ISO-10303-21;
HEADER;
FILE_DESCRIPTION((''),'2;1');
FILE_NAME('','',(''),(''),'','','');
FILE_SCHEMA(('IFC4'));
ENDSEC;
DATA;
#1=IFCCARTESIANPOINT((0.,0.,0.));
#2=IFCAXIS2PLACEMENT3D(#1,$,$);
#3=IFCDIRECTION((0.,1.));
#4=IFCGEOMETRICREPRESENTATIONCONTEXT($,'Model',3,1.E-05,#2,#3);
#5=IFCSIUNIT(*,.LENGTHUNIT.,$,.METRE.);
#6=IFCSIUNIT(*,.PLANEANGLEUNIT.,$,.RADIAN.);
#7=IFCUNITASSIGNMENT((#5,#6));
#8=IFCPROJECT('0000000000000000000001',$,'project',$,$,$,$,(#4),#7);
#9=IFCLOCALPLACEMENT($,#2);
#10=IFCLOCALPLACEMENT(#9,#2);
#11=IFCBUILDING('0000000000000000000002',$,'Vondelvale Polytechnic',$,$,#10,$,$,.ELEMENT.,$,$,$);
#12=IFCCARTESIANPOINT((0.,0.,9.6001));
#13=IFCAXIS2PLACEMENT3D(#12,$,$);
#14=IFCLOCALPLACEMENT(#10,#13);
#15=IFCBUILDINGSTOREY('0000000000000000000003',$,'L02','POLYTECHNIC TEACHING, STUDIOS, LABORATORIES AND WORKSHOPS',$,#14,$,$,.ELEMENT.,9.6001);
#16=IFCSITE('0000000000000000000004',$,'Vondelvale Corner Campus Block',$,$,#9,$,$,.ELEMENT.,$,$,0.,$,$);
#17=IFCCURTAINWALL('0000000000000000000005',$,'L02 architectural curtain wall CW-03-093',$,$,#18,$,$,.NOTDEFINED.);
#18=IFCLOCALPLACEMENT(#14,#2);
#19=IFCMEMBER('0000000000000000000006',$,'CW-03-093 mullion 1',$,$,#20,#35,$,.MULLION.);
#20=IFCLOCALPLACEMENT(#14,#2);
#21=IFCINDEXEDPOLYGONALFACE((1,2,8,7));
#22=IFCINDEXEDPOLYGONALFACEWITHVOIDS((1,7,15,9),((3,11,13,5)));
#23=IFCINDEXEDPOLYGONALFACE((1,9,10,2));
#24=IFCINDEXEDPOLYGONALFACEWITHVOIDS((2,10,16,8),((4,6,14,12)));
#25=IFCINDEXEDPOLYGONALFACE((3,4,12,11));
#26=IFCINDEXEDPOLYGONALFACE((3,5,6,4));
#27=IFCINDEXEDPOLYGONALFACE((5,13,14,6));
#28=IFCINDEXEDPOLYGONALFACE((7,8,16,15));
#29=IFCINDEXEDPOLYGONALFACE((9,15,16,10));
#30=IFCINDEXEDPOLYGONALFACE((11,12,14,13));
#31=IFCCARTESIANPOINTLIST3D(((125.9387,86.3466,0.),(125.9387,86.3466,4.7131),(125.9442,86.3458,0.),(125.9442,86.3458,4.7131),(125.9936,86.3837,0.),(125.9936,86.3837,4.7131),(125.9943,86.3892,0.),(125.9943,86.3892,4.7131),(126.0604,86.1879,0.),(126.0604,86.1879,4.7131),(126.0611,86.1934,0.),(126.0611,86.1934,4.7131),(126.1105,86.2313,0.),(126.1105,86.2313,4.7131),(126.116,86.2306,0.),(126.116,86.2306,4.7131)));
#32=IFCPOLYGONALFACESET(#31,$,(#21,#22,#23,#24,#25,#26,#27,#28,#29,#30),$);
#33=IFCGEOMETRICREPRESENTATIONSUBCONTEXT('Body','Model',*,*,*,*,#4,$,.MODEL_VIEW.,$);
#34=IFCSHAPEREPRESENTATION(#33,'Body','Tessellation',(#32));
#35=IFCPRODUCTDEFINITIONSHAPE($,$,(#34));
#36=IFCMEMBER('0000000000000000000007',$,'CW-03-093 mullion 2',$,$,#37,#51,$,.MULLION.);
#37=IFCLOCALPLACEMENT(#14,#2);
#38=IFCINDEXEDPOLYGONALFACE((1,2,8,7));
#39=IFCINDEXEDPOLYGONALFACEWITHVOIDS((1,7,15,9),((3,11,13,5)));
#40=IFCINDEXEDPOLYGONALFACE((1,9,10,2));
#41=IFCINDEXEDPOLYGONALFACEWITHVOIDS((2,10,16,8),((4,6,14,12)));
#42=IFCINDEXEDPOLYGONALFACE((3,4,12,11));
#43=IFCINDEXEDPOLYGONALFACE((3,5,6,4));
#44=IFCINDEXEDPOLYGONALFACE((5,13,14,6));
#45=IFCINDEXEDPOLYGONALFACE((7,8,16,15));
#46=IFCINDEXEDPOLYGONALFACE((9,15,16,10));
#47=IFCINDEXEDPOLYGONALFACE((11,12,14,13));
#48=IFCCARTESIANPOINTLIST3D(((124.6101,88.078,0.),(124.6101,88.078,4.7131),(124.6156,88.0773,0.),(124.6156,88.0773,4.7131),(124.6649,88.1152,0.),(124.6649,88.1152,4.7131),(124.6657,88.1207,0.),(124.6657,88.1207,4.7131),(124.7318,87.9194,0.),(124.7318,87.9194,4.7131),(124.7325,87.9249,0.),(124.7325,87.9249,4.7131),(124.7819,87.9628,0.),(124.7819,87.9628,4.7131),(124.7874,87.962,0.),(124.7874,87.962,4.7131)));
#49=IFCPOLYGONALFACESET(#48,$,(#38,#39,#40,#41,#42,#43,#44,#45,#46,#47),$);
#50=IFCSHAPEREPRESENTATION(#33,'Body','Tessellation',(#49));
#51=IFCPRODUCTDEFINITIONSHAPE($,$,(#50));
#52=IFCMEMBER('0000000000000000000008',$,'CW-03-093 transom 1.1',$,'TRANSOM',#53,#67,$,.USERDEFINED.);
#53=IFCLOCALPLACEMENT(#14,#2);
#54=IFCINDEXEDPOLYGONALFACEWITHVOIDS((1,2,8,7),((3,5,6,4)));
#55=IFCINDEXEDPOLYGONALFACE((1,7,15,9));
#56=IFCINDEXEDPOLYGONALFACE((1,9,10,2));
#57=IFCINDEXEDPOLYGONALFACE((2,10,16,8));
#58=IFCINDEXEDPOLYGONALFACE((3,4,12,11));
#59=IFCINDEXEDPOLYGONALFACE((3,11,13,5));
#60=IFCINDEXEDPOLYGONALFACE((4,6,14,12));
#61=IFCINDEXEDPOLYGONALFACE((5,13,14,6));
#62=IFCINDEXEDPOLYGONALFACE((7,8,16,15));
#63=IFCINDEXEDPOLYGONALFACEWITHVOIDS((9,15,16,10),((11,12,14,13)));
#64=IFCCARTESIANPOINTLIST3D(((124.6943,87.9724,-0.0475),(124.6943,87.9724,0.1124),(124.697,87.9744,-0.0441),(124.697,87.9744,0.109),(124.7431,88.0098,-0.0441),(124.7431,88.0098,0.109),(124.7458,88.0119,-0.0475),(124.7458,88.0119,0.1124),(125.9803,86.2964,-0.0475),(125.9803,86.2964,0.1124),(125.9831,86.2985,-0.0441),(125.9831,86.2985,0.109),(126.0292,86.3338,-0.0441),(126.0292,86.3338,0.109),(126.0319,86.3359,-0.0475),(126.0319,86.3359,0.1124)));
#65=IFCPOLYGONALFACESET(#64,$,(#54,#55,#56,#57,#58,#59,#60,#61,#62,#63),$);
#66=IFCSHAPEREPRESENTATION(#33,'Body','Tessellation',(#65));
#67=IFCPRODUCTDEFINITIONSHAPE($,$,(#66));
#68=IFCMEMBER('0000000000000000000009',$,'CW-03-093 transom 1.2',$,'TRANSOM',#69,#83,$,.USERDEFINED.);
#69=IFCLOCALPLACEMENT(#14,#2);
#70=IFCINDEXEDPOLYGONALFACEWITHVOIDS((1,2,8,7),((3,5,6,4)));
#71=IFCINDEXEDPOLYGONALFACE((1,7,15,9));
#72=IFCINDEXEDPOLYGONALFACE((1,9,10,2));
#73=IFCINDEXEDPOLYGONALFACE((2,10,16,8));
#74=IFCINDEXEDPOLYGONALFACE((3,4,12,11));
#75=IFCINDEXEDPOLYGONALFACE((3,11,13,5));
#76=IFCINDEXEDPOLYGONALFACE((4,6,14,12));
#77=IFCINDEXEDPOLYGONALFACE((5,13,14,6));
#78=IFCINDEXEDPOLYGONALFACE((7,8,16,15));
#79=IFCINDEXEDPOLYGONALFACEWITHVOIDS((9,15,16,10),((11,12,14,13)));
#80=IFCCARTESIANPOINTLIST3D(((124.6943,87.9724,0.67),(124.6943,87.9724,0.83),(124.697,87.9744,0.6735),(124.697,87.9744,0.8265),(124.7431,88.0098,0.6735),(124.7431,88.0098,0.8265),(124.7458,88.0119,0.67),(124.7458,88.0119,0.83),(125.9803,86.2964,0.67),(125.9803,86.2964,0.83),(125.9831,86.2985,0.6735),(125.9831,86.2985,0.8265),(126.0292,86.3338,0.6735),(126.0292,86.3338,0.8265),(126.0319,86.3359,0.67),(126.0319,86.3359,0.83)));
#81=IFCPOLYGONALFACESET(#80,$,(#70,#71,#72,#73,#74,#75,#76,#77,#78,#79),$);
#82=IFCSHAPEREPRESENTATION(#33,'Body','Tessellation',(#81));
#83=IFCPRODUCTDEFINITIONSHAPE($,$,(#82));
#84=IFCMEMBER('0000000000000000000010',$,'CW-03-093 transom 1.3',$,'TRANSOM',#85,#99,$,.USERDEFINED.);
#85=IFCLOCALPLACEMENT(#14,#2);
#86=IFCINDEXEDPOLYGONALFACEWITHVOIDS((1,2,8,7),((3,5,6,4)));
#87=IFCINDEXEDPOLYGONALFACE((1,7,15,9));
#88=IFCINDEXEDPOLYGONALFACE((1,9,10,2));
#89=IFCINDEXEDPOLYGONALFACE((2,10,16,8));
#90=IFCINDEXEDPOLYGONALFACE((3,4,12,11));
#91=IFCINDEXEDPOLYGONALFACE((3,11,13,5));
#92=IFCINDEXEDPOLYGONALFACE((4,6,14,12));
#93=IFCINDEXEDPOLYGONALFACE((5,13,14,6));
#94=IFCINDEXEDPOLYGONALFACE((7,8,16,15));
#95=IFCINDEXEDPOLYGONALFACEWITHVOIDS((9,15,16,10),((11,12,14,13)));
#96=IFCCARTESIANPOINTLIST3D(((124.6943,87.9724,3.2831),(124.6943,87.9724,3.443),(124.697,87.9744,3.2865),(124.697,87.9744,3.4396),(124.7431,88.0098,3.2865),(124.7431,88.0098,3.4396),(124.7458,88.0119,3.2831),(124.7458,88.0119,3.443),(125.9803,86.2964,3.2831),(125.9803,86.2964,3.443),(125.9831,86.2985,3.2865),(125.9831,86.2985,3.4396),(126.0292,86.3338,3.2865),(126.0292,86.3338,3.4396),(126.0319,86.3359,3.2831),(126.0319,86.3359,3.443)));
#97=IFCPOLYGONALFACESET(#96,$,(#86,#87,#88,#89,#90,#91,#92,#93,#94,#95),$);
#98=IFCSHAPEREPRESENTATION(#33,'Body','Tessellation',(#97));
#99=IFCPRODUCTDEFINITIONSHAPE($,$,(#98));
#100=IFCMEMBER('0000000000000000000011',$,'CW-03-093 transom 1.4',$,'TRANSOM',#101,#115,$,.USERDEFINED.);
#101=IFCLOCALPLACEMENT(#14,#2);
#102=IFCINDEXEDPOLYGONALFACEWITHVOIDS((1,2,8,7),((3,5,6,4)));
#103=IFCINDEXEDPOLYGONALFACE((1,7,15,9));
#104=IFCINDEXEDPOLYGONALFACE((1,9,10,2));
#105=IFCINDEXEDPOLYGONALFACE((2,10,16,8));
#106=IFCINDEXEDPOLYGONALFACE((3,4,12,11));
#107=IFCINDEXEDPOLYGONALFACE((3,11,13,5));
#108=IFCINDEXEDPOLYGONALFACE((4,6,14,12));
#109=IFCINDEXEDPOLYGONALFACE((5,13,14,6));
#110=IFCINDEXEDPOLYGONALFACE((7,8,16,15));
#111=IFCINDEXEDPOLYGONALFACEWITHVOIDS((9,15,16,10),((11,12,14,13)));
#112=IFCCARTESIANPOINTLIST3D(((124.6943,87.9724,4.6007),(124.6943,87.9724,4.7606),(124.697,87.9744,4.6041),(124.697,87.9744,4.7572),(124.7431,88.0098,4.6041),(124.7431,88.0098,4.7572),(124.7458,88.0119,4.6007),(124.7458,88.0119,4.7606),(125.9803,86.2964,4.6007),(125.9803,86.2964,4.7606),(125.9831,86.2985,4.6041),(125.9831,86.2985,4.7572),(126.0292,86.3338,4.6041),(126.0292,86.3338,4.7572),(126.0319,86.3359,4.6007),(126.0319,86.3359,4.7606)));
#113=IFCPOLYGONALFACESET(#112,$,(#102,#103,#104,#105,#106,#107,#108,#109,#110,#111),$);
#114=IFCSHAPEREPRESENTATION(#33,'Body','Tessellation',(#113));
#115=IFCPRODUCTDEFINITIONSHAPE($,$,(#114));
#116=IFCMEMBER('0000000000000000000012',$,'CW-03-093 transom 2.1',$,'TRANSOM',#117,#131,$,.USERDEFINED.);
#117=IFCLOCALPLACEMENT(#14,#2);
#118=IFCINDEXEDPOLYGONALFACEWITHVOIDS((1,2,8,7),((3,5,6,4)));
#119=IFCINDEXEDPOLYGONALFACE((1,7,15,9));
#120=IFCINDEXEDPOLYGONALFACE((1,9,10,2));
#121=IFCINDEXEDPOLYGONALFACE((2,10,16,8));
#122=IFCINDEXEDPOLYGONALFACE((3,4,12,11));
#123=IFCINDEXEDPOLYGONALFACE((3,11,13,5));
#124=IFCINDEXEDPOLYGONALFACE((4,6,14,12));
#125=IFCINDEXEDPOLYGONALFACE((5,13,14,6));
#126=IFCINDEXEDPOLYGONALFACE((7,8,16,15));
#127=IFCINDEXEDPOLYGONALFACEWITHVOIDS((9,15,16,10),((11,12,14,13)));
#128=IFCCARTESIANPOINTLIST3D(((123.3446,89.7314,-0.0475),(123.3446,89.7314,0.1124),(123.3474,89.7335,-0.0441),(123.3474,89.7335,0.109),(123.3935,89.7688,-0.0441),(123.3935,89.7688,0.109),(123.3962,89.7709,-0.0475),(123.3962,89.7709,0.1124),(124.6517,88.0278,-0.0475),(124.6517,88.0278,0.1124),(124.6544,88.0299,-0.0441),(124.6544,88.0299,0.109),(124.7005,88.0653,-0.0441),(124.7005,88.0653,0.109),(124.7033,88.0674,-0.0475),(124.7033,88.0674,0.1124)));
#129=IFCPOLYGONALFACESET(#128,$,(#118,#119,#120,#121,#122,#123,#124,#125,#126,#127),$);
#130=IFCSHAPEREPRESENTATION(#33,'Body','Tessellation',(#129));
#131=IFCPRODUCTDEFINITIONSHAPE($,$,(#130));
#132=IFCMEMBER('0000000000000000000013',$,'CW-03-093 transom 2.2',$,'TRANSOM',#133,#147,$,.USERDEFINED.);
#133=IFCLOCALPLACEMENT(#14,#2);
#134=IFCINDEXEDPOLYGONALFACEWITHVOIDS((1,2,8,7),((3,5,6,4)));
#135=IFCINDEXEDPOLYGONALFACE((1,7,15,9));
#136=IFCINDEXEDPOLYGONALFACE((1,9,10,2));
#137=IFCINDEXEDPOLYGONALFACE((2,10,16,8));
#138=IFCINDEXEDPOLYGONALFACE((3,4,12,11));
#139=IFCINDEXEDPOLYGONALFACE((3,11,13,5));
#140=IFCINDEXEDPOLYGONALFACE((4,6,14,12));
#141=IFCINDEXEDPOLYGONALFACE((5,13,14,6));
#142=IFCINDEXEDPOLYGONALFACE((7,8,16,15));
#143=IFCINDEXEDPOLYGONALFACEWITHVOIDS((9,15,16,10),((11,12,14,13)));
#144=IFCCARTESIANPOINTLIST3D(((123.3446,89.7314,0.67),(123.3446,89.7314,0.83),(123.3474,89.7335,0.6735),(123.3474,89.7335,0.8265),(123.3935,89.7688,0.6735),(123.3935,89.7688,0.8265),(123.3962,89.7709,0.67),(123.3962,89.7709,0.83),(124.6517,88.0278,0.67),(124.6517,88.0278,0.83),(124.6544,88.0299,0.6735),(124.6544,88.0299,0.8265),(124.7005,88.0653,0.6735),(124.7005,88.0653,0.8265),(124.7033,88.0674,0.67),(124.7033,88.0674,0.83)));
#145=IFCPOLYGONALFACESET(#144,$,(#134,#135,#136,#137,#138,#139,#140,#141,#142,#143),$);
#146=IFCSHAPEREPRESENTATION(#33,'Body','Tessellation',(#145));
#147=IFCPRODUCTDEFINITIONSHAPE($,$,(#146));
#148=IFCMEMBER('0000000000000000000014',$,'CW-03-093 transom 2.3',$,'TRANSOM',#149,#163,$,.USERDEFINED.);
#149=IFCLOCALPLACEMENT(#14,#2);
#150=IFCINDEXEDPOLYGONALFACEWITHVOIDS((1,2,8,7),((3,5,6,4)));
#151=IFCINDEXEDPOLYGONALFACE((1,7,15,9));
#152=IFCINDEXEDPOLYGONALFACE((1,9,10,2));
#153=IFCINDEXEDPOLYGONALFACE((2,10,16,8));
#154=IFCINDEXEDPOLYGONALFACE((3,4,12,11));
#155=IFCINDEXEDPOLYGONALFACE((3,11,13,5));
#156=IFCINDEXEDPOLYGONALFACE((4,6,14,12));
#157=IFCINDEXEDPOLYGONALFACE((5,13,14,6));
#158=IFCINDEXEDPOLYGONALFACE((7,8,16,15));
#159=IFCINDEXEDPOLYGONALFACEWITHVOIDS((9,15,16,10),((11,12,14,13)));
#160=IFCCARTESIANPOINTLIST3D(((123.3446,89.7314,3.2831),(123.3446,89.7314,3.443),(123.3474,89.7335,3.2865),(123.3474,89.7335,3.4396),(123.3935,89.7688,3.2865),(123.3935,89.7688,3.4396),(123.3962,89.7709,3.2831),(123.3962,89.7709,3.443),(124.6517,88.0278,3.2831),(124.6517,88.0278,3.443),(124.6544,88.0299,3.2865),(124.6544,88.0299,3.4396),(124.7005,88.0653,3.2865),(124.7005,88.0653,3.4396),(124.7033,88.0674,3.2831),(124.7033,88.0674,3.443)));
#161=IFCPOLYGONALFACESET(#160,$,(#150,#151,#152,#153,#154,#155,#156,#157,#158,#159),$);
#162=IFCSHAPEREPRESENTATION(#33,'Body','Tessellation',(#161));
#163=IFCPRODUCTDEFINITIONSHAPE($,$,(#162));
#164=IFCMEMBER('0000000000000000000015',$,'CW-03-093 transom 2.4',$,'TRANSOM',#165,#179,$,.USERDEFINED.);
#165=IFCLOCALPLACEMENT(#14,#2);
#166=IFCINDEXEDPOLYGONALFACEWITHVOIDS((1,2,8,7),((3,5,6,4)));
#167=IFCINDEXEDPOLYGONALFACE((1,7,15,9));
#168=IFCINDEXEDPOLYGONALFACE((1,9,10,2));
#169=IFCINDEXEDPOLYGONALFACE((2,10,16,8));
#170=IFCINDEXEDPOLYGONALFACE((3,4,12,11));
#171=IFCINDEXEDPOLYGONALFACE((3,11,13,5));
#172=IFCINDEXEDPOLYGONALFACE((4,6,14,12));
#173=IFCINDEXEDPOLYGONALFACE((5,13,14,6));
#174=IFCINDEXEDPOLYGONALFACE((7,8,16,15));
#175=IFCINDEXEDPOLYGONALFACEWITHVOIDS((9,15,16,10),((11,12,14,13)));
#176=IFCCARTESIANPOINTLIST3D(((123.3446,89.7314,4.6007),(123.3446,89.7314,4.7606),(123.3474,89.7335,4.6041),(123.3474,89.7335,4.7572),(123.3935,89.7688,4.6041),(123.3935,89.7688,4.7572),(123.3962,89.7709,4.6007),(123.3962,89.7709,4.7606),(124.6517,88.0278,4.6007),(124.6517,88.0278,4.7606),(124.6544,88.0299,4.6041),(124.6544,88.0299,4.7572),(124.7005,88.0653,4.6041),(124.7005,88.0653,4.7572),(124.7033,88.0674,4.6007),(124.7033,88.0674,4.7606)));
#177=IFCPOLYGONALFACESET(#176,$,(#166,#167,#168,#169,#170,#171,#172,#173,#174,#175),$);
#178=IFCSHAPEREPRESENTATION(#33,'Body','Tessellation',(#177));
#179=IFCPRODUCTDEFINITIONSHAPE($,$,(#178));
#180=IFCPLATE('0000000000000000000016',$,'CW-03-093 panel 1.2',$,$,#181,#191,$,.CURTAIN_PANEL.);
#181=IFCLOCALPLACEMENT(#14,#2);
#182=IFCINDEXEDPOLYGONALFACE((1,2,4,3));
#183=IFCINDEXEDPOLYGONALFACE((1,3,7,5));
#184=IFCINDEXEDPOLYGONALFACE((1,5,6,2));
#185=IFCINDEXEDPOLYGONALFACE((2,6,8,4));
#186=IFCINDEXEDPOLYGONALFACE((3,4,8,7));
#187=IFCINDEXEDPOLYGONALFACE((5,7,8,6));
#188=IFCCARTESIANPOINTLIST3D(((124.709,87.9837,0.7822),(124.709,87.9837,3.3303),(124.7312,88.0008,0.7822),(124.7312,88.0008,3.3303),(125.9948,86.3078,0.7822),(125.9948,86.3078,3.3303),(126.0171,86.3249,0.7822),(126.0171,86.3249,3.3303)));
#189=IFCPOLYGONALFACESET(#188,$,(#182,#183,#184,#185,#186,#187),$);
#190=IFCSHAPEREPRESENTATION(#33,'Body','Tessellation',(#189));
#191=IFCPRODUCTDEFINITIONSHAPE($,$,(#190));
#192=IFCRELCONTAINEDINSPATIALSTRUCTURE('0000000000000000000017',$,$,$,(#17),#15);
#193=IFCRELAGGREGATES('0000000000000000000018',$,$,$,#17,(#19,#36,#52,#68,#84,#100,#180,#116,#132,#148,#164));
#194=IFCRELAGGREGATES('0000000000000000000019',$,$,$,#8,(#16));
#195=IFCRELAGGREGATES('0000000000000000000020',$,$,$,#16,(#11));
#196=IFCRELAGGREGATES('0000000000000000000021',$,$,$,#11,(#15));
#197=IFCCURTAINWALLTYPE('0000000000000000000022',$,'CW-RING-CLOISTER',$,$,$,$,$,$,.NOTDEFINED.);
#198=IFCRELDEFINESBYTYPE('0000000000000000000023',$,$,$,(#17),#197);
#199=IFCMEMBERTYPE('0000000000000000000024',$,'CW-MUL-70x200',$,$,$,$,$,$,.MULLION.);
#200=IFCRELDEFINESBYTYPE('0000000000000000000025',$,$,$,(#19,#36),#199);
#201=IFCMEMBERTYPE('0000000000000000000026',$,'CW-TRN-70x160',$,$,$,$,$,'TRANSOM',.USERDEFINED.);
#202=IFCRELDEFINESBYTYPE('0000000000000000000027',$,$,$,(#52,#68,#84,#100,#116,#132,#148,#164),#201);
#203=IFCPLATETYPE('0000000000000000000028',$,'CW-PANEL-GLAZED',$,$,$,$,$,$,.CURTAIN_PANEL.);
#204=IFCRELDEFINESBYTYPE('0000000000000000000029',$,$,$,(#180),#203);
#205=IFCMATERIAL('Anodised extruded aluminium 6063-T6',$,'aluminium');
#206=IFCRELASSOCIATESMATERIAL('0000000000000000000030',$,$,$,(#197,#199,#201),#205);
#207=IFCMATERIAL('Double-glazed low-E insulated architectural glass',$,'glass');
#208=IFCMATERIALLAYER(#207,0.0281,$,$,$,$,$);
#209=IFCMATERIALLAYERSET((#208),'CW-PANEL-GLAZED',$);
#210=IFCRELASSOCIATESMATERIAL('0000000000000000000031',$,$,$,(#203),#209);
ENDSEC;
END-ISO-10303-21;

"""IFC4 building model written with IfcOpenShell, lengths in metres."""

from ifc_helpers import new_model, si_unit, direction, frame, origin, origin_2d, place, context, subcontext, project, spatial, rectangle, hollow_rectangle, extrude, material, layer, layer_set, material_profile, profile_set, type_object, element, aggregate, save


model = new_model("IFC4")

# Units and contexts
model_context = context("Model", 3, precision=1e-05, world=origin(), true_north=direction((0.0, 1.0)))
body_context = subcontext(model_context, "Body", "Model", "MODEL_VIEW")
ifc_project = project(units=[si_unit("LENGTHUNIT", "METRE"), si_unit("PLANEANGLEUNIT", "RADIAN")], contexts=[model_context])

# Site, building, storey
site_placement = place(None, origin())
site = spatial("IfcSite", under=ifc_project, at=site_placement, Name="Vondelvale Corner Campus Block", CompositionType="ELEMENT", RefElevation=0.0)
building_placement = place(site_placement, origin())
building = spatial("IfcBuilding", under=site, at=building_placement, Name="Vondelvale Polytechnic", CompositionType="ELEMENT")
storey_placement = place(building_placement, frame((0.0, 0.0, 9.6001)))
storey = spatial("IfcBuildingStorey", under=building, at=storey_placement, Name="L02", Description="POLYTECHNIC TEACHING, STUDIOS, LABORATORIES AND WORKSHOPS", CompositionType="ELEMENT", Elevation=9.6001)

# Curtain wall, members, plate
ifc_material_1 = material(Name="Anodised extruded aluminium 6063-T6", Category="aluminium")
curtain_wall_type = type_object("IfcCurtainWallType", Name="CW-RING-CLOISTER", PredefinedType="NOTDEFINED", material=ifc_material_1)
curtain_wall_placement = place(storey_placement, origin())
curtain_wall = element("IfcCurtainWall", 1, at=curtain_wall_placement, inside=storey, type_object=curtain_wall_type, Name="L02 architectural curtain wall CW-03-093", PredefinedType="NOTDEFINED")
ifc_material_profile_1 = material_profile(ifc_material_1, hollow_rectangle(XDim=0.0701, YDim=0.2, WallThickness=0.0039, at=origin_2d()), Name="CW-MUL-200x70")
ifc_profile_set_1 = profile_set([ifc_material_profile_1], Name="Anodised extruded aluminium 6063-T6")
member_type_1 = type_object("IfcMemberType", Name="CW-MUL-70x200", PredefinedType="MULLION", material=ifc_profile_set_1)
member_1_placement = place(storey_placement, frame((126.0273, 86.2886, 0.0), z_axis=(0.0, 0.0, 1.0), x_axis=(-0.793364, -0.608748, 0.0)))
member_1 = element("IfcMember", 2, at=member_1_placement, type_object=member_type_1, Name="CW-03-093 mullion 1", PredefinedType="MULLION", context=body_context, shape_type="SweptSolid", body=[
    extrude(hollow_rectangle(XDim=0.0701, YDim=0.2, WallThickness=0.0039, at=origin_2d()), origin(), (0.0, 0.0, 1.0), 4.7131),
])
member_2_placement = place(storey_placement, frame((124.6987, 88.02, 0.0), z_axis=(0.0, 0.0, 1.0), x_axis=(-0.793364, -0.608748, 0.0)))
member_2 = element("IfcMember", 3, at=member_2_placement, type_object=member_type_1, Name="CW-03-093 mullion 2", PredefinedType="MULLION", context=body_context, shape_type="SweptSolid", body=[
    extrude(hollow_rectangle(XDim=0.0701, YDim=0.2, WallThickness=0.0039, at=origin_2d()), origin(), (0.0, 0.0, 1.0), 4.7131),
])
ifc_material_profile_2 = material_profile(ifc_material_1, hollow_rectangle(XDim=0.0649, YDim=0.1599, WallThickness=0.0034, at=origin_2d()), Name="CW-TRN-160x65")
ifc_profile_set_2 = profile_set([ifc_material_profile_2], Name="Anodised extruded aluminium 6063-T6")
member_type_2 = type_object("IfcMemberType", Name="CW-TRN-70x160", ElementType="TRANSOM", PredefinedType="USERDEFINED", material=ifc_profile_set_2)
member_3_placement = place(storey_placement, frame((126.0061, 86.3162, 0.0325), z_axis=(-0.608783, 0.793337, 0.0), x_axis=(-0.793337, -0.608783, 0.0)))
member_3 = element("IfcMember", 4, at=member_3_placement, type_object=member_type_2, Name="CW-03-093 transom 1.1", ObjectType="TRANSOM", PredefinedType="USERDEFINED", context=body_context, shape_type="SweptSolid", body=[
    extrude(hollow_rectangle(XDim=0.0649, YDim=0.1599, WallThickness=0.0034, at=origin_2d()), origin(), (0.0, 0.0, 1.0), 2.1125),
])
member_4_placement = place(storey_placement, frame((126.0061, 86.3162, 0.75), z_axis=(-0.608783, 0.793337, 0.0), x_axis=(-0.793337, -0.608783, 0.0)))
member_4 = element("IfcMember", 5, at=member_4_placement, type_object=member_type_2, Name="CW-03-093 transom 1.2", ObjectType="TRANSOM", PredefinedType="USERDEFINED", context=body_context, shape_type="SweptSolid", body=[
    extrude(hollow_rectangle(XDim=0.0649, YDim=0.1599, WallThickness=0.0034, at=origin_2d()), origin(), (0.0, 0.0, 1.0), 2.1125),
])
member_5_placement = place(storey_placement, frame((126.0061, 86.3162, 3.363), z_axis=(-0.608783, 0.793337, 0.0), x_axis=(-0.793337, -0.608783, 0.0)))
member_5 = element("IfcMember", 6, at=member_5_placement, type_object=member_type_2, Name="CW-03-093 transom 1.3", ObjectType="TRANSOM", PredefinedType="USERDEFINED", context=body_context, shape_type="SweptSolid", body=[
    extrude(hollow_rectangle(XDim=0.0649, YDim=0.1599, WallThickness=0.0034, at=origin_2d()), origin(), (0.0, 0.0, 1.0), 2.1125),
])
member_6_placement = place(storey_placement, frame((126.0061, 86.3162, 4.6807), z_axis=(-0.608783, 0.793337, 0.0), x_axis=(-0.793337, -0.608783, 0.0)))
member_6 = element("IfcMember", 7, at=member_6_placement, type_object=member_type_2, Name="CW-03-093 transom 1.4", ObjectType="TRANSOM", PredefinedType="USERDEFINED", context=body_context, shape_type="SweptSolid", body=[
    extrude(hollow_rectangle(XDim=0.0649, YDim=0.1599, WallThickness=0.0034, at=origin_2d()), origin(), (0.0, 0.0, 1.0), 2.1125),
])
member_7_placement = place(storey_placement, frame((124.6775, 88.0476, 0.0325), z_axis=(-0.608732, 0.793376, 0.0), x_axis=(-0.793376, -0.608732, 0.0)))
member_7 = element("IfcMember", 8, at=member_7_placement, type_object=member_type_2, Name="CW-03-093 transom 2.1", ObjectType="TRANSOM", PredefinedType="USERDEFINED", context=body_context, shape_type="SweptSolid", body=[
    extrude(hollow_rectangle(XDim=0.0649, YDim=0.1599, WallThickness=0.0034, at=origin_2d()), origin(), (0.0, 0.0, 1.0), 2.1472),
])
member_8_placement = place(storey_placement, frame((124.6775, 88.0476, 0.75), z_axis=(-0.608732, 0.793376, 0.0), x_axis=(-0.793376, -0.608732, 0.0)))
member_8 = element("IfcMember", 9, at=member_8_placement, type_object=member_type_2, Name="CW-03-093 transom 2.2", ObjectType="TRANSOM", PredefinedType="USERDEFINED", context=body_context, shape_type="SweptSolid", body=[
    extrude(hollow_rectangle(XDim=0.0649, YDim=0.1599, WallThickness=0.0034, at=origin_2d()), origin(), (0.0, 0.0, 1.0), 2.1472),
])
member_9_placement = place(storey_placement, frame((124.6775, 88.0476, 3.363), z_axis=(-0.608732, 0.793376, 0.0), x_axis=(-0.793376, -0.608732, 0.0)))
member_9 = element("IfcMember", 10, at=member_9_placement, type_object=member_type_2, Name="CW-03-093 transom 2.3", ObjectType="TRANSOM", PredefinedType="USERDEFINED", context=body_context, shape_type="SweptSolid", body=[
    extrude(hollow_rectangle(XDim=0.0649, YDim=0.1599, WallThickness=0.0034, at=origin_2d()), origin(), (0.0, 0.0, 1.0), 2.1472),
])
member_10_placement = place(storey_placement, frame((124.6775, 88.0476, 4.6807), z_axis=(-0.608732, 0.793376, 0.0), x_axis=(-0.793376, -0.608732, 0.0)))
member_10 = element("IfcMember", 11, at=member_10_placement, type_object=member_type_2, Name="CW-03-093 transom 2.4", ObjectType="TRANSOM", PredefinedType="USERDEFINED", context=body_context, shape_type="SweptSolid", body=[
    extrude(hollow_rectangle(XDim=0.0649, YDim=0.1599, WallThickness=0.0034, at=origin_2d()), origin(), (0.0, 0.0, 1.0), 2.1472),
])
ifc_material_2 = material(Name="Double-glazed low-E insulated architectural glass", Category="glass")
ifc_layer_1 = layer(ifc_material_2, 0.0281)
ifc_layer_set_1 = layer_set([ifc_layer_1], Name="CW-PANEL-GLAZED")
plate_type_1 = type_object("IfcPlateType", Name="CW-PANEL-GLAZED", PredefinedType="CURTAIN_PANEL", material=ifc_layer_set_1)
plate_1_placement = place(storey_placement, frame((125.363, 87.1543, 0.7822), z_axis=(0.0, 0.0, 1.0), x_axis=(-0.608748, 0.793364, 0.0)))
plate_1 = element("IfcPlate", 12, at=plate_1_placement, type_object=plate_type_1, Name="CW-03-093 panel 1.2", PredefinedType="CURTAIN_PANEL", context=body_context, shape_type="SweptSolid", body=[
    extrude(rectangle(XDim=2.1123, YDim=0.0281, at=origin_2d()), origin(), (0.0, 0.0, 1.0), 2.5481),
])
aggregate(curtain_wall, [member_1, member_2, member_3, member_4, member_5, member_6, plate_1, member_7, member_8, member_9, member_10])

save(model, "model.ifc")
